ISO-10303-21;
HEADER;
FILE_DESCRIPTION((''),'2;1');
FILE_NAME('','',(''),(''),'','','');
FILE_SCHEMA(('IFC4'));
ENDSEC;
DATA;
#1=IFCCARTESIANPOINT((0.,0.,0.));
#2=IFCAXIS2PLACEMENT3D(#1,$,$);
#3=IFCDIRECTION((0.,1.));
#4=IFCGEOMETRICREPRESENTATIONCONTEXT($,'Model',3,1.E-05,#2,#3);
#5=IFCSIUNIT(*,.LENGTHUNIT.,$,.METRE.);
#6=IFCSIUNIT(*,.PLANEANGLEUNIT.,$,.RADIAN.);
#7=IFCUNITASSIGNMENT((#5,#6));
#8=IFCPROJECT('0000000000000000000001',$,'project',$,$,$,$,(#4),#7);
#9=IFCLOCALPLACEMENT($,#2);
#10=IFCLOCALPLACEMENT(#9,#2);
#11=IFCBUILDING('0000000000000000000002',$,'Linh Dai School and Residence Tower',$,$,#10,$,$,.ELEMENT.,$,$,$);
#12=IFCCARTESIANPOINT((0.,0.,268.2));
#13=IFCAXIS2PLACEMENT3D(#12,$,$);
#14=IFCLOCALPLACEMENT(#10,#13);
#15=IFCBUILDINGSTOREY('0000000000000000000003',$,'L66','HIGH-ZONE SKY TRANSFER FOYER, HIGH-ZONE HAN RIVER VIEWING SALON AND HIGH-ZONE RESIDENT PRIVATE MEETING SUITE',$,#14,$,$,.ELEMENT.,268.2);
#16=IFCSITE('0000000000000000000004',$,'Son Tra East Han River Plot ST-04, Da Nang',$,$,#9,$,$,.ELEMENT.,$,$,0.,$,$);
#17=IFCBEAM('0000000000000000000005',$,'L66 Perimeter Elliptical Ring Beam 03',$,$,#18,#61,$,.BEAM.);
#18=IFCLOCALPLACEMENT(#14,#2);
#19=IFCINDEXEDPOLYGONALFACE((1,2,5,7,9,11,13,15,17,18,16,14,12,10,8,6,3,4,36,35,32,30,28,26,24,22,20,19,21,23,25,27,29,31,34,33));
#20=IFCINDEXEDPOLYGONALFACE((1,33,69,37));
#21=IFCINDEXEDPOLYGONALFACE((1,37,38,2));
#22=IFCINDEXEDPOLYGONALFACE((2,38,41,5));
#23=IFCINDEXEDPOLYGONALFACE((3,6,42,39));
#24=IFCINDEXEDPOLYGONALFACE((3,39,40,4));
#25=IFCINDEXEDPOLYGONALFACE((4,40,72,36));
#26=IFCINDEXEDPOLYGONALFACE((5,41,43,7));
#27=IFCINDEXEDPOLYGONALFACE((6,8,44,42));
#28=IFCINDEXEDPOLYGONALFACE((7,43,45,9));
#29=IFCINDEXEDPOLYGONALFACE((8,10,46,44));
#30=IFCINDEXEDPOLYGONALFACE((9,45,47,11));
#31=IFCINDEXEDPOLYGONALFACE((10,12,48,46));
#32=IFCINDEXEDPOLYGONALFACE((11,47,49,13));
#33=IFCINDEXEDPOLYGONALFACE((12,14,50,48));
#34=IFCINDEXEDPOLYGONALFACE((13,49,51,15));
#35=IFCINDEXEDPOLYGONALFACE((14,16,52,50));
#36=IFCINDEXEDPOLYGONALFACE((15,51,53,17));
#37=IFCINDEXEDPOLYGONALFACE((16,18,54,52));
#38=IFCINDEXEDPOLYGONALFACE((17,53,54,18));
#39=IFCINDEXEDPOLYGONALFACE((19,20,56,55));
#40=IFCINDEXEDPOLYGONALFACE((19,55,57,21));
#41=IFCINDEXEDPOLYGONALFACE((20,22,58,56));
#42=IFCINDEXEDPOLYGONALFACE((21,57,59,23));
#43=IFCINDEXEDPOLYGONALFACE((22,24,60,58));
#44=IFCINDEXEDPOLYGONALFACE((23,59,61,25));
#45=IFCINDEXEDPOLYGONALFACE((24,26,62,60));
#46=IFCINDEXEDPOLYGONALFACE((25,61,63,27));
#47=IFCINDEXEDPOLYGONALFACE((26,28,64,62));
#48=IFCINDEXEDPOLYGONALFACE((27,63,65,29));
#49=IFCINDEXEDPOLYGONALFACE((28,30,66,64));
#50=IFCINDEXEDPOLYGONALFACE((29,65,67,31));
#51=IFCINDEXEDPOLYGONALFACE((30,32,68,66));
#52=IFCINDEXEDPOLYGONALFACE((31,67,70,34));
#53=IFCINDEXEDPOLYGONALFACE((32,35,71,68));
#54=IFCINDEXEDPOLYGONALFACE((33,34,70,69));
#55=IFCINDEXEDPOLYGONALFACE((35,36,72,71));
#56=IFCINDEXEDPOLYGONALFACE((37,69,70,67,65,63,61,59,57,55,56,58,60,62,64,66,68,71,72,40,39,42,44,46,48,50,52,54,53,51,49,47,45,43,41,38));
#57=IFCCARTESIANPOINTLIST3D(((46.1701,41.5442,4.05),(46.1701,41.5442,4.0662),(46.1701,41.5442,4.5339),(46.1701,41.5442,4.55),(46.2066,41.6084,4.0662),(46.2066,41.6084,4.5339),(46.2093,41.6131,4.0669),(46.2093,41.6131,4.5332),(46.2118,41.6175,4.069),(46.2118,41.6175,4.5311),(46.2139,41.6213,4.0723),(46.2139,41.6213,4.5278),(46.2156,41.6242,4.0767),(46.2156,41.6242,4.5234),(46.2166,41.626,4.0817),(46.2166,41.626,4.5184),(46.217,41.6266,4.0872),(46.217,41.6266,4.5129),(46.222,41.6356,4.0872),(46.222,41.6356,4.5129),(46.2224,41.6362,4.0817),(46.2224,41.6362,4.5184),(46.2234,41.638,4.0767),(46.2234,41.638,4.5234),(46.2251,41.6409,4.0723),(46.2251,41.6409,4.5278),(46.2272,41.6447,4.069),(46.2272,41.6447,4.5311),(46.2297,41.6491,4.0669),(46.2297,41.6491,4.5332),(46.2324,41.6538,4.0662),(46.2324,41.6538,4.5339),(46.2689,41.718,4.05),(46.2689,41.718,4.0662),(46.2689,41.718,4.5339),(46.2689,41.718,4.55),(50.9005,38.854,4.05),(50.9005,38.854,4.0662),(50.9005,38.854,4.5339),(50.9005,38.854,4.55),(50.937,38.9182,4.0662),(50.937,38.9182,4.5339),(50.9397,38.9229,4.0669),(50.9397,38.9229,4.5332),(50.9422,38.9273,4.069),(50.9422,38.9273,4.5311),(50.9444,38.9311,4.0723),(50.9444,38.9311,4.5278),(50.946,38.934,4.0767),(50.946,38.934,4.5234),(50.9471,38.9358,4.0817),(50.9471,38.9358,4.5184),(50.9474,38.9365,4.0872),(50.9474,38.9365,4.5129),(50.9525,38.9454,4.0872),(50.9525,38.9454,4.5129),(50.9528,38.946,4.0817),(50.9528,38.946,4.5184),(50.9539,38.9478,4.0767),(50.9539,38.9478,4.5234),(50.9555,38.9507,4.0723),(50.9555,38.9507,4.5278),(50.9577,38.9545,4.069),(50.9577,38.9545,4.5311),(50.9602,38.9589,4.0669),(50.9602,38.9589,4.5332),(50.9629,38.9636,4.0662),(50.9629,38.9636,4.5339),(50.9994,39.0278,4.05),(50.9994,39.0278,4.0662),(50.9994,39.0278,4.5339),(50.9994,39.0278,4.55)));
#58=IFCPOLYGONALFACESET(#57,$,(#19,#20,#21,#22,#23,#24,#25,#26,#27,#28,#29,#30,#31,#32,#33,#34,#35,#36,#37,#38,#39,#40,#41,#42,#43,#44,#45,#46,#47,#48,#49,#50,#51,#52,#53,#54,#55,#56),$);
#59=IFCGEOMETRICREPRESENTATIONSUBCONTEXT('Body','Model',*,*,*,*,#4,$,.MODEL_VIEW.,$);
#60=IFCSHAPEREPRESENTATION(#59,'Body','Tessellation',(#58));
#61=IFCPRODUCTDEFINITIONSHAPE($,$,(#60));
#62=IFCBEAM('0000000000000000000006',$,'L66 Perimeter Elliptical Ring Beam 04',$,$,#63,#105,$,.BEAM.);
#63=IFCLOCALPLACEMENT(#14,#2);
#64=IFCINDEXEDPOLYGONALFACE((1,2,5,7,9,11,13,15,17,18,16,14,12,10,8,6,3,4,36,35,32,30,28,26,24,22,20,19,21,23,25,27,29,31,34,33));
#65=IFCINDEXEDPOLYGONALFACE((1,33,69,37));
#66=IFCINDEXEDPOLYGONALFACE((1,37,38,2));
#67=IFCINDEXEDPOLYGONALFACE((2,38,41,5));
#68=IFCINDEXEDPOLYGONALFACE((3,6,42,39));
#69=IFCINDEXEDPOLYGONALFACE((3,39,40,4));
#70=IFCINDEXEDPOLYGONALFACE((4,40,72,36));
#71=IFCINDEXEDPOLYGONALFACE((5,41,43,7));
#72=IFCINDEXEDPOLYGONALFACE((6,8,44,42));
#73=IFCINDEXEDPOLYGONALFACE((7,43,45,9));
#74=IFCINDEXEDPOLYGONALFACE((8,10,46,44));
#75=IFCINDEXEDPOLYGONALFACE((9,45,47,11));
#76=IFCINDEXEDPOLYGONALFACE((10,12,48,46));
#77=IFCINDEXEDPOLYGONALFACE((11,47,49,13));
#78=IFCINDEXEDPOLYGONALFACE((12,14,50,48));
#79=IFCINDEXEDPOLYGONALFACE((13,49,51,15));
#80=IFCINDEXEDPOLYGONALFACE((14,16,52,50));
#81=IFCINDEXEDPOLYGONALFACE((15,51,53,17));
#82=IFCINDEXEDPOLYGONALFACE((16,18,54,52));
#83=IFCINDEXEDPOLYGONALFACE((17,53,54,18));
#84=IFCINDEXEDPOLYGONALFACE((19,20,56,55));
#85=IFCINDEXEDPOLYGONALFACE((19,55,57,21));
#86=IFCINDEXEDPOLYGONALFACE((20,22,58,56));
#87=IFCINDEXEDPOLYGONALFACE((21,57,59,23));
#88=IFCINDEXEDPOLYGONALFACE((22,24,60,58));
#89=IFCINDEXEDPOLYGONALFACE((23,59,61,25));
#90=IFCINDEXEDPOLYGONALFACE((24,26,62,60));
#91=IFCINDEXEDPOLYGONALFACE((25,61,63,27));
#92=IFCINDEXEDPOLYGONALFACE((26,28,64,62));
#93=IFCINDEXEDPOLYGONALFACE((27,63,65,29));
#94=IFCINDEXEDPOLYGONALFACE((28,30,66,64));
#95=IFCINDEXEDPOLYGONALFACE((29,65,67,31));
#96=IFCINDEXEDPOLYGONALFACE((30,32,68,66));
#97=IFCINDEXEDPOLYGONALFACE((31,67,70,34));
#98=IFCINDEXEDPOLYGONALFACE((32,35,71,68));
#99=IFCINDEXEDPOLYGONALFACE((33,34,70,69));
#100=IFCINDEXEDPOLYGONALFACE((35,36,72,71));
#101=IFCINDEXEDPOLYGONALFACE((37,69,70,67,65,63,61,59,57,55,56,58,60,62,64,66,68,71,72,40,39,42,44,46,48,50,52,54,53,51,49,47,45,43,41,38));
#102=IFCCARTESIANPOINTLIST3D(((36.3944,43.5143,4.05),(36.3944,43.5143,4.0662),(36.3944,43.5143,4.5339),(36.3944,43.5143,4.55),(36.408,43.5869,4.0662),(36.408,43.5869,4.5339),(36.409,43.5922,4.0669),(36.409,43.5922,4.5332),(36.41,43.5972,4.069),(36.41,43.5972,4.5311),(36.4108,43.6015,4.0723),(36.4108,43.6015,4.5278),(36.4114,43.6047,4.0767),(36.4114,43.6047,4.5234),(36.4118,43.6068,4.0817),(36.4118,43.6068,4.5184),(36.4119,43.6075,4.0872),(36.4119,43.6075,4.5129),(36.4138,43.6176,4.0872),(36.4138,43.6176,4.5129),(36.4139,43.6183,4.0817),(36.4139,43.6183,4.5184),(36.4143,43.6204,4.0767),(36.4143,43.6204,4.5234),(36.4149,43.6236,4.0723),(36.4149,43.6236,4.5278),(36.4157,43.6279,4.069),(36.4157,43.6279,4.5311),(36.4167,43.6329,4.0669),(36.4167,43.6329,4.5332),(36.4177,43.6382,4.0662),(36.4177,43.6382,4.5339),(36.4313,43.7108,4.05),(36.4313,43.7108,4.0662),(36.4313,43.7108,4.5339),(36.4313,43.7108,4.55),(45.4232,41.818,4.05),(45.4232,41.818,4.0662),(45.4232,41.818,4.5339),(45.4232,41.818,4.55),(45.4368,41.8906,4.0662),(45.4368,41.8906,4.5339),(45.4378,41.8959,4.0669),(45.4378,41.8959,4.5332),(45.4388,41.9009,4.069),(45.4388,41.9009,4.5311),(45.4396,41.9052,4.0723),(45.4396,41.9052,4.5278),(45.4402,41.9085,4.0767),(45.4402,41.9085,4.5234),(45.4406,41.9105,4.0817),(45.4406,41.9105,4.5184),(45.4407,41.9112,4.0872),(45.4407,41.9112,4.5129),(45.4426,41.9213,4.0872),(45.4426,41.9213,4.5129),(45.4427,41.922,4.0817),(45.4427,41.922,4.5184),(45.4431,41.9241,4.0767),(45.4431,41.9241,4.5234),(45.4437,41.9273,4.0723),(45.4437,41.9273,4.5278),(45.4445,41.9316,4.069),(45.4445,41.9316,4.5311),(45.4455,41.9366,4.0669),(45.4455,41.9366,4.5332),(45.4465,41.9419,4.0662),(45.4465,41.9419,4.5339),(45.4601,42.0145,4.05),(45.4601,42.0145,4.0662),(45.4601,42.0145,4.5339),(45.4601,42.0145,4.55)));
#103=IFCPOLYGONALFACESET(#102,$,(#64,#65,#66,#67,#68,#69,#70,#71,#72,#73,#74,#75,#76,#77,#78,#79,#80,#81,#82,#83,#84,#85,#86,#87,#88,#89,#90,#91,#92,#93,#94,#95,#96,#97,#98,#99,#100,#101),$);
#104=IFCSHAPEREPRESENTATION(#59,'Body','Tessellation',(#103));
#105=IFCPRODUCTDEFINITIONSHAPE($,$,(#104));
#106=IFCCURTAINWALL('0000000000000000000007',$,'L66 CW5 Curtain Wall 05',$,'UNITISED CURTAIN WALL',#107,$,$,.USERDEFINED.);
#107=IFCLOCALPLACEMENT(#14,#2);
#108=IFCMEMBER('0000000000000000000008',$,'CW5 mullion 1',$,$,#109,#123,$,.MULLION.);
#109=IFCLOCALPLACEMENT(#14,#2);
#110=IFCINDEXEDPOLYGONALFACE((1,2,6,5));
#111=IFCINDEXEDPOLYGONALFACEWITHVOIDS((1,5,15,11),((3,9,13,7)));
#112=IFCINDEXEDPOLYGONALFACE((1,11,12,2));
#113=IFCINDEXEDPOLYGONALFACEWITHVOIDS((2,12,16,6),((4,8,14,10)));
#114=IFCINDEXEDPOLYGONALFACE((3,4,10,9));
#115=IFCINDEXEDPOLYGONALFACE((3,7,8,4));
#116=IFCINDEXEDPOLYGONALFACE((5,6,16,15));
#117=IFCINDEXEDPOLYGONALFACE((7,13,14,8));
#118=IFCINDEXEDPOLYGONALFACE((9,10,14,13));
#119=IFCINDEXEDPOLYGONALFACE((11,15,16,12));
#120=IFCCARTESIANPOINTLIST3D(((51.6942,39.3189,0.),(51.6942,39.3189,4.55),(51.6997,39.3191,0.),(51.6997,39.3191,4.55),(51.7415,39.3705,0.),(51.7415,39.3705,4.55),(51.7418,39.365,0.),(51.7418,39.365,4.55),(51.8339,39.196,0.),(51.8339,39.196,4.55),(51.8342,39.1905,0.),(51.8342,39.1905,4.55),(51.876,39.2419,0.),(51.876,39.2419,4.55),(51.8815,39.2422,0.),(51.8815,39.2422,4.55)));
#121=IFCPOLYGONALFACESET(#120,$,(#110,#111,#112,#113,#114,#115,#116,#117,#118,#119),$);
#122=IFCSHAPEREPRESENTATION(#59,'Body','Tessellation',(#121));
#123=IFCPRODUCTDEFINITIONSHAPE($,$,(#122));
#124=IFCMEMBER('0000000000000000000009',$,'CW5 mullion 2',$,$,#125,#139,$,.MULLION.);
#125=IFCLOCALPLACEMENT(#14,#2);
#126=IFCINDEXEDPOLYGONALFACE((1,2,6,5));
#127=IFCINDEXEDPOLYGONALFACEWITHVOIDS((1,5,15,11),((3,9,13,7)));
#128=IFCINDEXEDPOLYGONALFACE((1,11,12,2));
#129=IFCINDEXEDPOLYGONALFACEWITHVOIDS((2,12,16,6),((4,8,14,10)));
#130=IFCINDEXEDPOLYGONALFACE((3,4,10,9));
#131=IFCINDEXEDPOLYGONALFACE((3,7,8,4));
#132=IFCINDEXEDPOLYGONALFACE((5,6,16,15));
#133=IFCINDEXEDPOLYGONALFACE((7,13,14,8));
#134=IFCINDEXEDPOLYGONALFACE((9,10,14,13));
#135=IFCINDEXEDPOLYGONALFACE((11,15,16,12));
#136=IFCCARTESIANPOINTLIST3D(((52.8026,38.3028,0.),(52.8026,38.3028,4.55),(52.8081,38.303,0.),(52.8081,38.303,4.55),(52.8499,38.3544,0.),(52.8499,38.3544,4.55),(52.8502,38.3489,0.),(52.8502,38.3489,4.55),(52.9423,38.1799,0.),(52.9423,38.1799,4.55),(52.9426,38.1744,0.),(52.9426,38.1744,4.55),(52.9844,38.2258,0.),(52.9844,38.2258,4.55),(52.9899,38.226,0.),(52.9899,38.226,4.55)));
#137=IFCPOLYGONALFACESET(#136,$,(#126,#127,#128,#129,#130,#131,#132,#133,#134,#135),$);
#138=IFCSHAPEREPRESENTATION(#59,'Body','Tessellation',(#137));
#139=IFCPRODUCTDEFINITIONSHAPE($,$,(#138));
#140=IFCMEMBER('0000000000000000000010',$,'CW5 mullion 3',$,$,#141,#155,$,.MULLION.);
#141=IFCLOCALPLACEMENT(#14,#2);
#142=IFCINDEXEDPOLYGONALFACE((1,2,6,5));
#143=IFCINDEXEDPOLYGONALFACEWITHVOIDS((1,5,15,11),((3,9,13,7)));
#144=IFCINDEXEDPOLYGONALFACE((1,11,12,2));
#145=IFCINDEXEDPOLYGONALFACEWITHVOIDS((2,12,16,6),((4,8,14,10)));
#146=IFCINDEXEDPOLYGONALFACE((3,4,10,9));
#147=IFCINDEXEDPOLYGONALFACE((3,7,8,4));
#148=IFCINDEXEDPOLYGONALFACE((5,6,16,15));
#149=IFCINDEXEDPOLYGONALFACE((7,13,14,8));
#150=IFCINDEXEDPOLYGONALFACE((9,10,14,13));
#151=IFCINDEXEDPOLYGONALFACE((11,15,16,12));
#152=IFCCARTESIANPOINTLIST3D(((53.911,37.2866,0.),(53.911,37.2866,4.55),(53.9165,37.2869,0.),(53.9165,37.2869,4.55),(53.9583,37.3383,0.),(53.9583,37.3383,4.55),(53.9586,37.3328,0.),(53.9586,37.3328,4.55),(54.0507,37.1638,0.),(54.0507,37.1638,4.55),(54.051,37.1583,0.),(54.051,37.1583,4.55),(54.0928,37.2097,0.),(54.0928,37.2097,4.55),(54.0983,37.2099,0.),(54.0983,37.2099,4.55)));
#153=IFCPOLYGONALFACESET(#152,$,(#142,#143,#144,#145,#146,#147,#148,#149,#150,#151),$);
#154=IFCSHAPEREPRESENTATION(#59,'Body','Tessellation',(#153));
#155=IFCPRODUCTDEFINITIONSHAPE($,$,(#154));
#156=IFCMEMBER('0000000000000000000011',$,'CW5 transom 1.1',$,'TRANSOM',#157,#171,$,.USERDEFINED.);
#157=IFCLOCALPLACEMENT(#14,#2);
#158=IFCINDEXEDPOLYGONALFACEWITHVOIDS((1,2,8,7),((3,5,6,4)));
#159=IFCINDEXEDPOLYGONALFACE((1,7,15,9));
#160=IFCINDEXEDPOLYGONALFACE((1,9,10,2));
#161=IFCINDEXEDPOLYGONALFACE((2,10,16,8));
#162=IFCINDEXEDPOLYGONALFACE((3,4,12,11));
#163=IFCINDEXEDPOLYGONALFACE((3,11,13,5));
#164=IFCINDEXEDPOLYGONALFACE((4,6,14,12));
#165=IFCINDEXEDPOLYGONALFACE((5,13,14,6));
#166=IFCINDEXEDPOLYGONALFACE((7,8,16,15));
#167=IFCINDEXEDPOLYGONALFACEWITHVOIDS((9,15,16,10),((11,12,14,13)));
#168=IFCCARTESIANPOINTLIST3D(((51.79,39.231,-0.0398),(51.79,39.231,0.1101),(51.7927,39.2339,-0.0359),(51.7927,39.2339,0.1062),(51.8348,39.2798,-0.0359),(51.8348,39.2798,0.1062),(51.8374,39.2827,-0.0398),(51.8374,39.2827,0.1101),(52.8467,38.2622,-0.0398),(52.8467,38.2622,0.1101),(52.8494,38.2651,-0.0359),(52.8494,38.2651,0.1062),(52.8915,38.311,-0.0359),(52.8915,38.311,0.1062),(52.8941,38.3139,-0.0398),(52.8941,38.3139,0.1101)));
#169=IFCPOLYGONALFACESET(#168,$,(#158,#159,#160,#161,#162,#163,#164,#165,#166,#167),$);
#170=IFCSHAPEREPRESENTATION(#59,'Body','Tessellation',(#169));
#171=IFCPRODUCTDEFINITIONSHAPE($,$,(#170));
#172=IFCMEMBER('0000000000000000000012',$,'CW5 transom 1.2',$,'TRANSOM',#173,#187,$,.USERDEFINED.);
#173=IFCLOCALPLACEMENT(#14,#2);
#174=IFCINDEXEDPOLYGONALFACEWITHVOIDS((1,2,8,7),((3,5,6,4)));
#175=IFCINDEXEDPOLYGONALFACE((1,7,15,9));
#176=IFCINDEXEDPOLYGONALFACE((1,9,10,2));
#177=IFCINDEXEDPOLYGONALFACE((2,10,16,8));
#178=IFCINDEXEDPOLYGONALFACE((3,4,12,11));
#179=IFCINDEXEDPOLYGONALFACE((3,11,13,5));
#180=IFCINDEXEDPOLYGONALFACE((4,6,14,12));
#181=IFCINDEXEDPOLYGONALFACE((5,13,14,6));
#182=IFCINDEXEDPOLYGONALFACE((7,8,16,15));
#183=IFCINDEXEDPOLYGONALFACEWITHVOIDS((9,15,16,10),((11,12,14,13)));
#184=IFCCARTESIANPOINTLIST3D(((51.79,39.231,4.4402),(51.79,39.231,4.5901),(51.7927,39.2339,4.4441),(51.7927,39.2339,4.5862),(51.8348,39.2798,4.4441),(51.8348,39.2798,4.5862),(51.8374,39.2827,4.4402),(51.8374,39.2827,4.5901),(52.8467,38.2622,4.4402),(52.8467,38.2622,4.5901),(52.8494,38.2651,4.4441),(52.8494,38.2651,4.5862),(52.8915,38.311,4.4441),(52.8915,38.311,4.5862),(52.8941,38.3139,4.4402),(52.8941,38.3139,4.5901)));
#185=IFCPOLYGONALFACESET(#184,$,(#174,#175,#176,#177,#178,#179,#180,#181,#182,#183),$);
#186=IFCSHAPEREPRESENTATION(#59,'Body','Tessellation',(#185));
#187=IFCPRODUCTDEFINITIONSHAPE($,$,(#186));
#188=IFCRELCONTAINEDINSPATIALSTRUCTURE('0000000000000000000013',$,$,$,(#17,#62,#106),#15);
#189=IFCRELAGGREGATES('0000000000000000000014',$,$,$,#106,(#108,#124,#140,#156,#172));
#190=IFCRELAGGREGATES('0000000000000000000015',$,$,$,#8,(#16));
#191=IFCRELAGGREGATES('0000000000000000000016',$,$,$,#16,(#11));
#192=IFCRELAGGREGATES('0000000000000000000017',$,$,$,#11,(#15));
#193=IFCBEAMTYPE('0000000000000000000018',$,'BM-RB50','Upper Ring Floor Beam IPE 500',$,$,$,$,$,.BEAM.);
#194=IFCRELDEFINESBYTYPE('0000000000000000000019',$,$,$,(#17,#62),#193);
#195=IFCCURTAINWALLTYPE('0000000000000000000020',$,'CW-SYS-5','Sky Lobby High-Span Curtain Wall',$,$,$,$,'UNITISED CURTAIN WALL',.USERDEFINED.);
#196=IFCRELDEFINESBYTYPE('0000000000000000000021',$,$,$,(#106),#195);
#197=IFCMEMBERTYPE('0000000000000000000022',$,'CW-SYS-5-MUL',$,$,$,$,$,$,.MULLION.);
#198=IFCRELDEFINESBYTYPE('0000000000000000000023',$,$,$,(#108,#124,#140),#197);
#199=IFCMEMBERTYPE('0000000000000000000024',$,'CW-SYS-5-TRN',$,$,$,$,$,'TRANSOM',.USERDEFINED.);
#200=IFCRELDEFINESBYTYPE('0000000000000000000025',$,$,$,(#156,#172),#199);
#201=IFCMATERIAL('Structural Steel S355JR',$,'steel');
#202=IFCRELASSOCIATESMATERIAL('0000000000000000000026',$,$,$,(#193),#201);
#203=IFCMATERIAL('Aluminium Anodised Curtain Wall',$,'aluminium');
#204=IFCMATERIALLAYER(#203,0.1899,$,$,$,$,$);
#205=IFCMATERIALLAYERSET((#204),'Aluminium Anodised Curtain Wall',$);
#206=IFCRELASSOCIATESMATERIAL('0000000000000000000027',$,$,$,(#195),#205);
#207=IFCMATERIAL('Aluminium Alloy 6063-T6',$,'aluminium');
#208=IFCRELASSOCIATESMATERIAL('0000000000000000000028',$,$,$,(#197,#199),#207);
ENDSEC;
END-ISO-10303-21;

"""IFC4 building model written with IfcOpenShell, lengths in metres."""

from ifc_helpers import new_model, si_unit, direction, frame, origin, origin_2d, place, context, subcontext, project, spatial, hollow_rectangle, i_section, extrude, source, transform, mapped, material, layer, layer_set, material_profile, profile_set, type_object, element, aggregate, save


model = new_model("IFC4")

# Units and contexts
model_context = context("Model", 3, precision=1e-05, world=origin(), true_north=direction((0.0, 1.0)))
body_context = subcontext(model_context, "Body", "Model", "MODEL_VIEW")
ifc_project = project(units=[si_unit("LENGTHUNIT", "METRE"), si_unit("PLANEANGLEUNIT", "RADIAN")], contexts=[model_context])

# Site, building, storey
site_placement = place(None, origin())
site = spatial("IfcSite", under=ifc_project, at=site_placement, Name="Son Tra East Han River Plot ST-04, Da Nang", CompositionType="ELEMENT", RefElevation=0.0)
building_placement = place(site_placement, origin())
building = spatial("IfcBuilding", under=site, at=building_placement, Name="Linh Dai School and Residence Tower", CompositionType="ELEMENT")
storey_placement = place(building_placement, frame((0.0, 0.0, 268.2)))
storey = spatial("IfcBuildingStorey", under=building, at=storey_placement, Name="L66", Description="HIGH-ZONE SKY TRANSFER FOYER, HIGH-ZONE HAN RIVER VIEWING SALON AND HIGH-ZONE RESIDENT PRIVATE MEETING SUITE", CompositionType="ELEMENT", Elevation=268.2)

# Shared definitions
ifc_material_1 = material(Name="Structural Steel S355JR", Category="steel")

# Beams
ifc_material_profile_1 = material_profile(ifc_material_1, i_section(OverallWidth=0.2, OverallDepth=0.5, WebThickness=0.0103, FlangeThickness=0.0161, FilletRadius=0.021, at=origin_2d()), Name="IPE 500")
ifc_profile_set_1 = profile_set([ifc_material_profile_1], Name="Structural Steel S355JR")
beam_type_1 = type_object("IfcBeamType", Name="BM-RB50", Description="Upper Ring Floor Beam IPE 500", PredefinedType="BEAM", material=ifc_profile_set_1)
beam_1_placement = place(storey_placement, frame((50.95, 38.9409, 4.3), z_axis=(-0.869266, 0.494345, 0.0), x_axis=(-0.494345, -0.869266, 0.0)))
element("IfcBeam", 1, at=beam_1_placement, inside=storey, type_object=beam_type_1, Name="L66 Perimeter Elliptical Ring Beam 03", PredefinedType="BEAM", context=body_context, shape_type="SweptSolid", body=[
    extrude(i_section(OverallWidth=0.2, OverallDepth=0.5, WebThickness=0.0103, FlangeThickness=0.0161, FilletRadius=0.021, at=origin_2d()), origin(), (0.0, 0.0, 1.0), 5.4419),
])
beam_2_placement = place(storey_placement, frame((45.4417, 41.9163, 4.3), z_axis=(-0.982805, 0.184645, 0.0), x_axis=(-0.184645, -0.982805, 0.0)))
element("IfcBeam", 2, at=beam_2_placement, inside=storey, type_object=beam_type_1, Name="L66 Perimeter Elliptical Ring Beam 04", PredefinedType="BEAM", context=body_context, shape_type="SweptSolid", body=[
    extrude(i_section(OverallWidth=0.2, OverallDepth=0.5, WebThickness=0.0103, FlangeThickness=0.0161, FilletRadius=0.021, at=origin_2d()), origin(), (0.0, 0.0, 1.0), 9.1868),
])

# Curtain wall, members
ifc_material_2 = material(Name="Aluminium Anodised Curtain Wall", Category="aluminium")
ifc_layer_1 = layer(ifc_material_2, 0.1899)
ifc_layer_set_1 = layer_set([ifc_layer_1], Name="Aluminium Anodised Curtain Wall")
curtain_wall_type = type_object("IfcCurtainWallType", Name="CW-SYS-5", Description="Sky Lobby High-Span Curtain Wall", ElementType="UNITISED CURTAIN WALL", PredefinedType="USERDEFINED", material=ifc_layer_set_1)
curtain_wall_placement = place(storey_placement, origin())
curtain_wall = element("IfcCurtainWall", 3, at=curtain_wall_placement, inside=storey, type_object=curtain_wall_type, Name="L66 CW5 Curtain Wall 05", ObjectType="UNITISED CURTAIN WALL", PredefinedType="USERDEFINED")
ifc_material_3 = material(Name="Aluminium Alloy 6063-T6", Category="aluminium")
ifc_material_profile_2 = material_profile(ifc_material_3, hollow_rectangle(XDim=0.0701, YDim=0.1899, WallThickness=0.0039, at=origin_2d()), Name="RHS 190x70x4")
ifc_profile_set_2 = profile_set([ifc_material_profile_2], Name="Aluminium Alloy 6063-T6")
member_type_1 = type_object("IfcMemberType", Name="CW-SYS-5-MUL", PredefinedType="MULLION", material=ifc_profile_set_2)
shared_shape_1 = source(origin(), body_context, "Body", "SweptSolid", [
    extrude(hollow_rectangle(XDim=0.0701, YDim=0.1899, WallThickness=0.0039, at=origin_2d()), origin(), (0.0, 0.0, 1.0), 4.55),
])
member_1_placement = place(storey_placement, frame((51.7878, 39.2805, 0.0), z_axis=(0.0, 0.0, 1.0), x_axis=(0.675777, 0.737106, 0.0)))
member_1 = element("IfcMember", 4, at=member_1_placement, type_object=member_type_1, Name="CW5 mullion 1", PredefinedType="MULLION", context=body_context, shape_type="MappedRepresentation", body=[
    mapped(shared_shape_1, transform((0.0, 0.0, 0.0), x_axis=(1.0, 0.0, 0.0), y_axis=(0.0, 1.0, 0.0), z_axis=(0.0, 0.0, 1.0), scale=1.0)),
])
member_2_placement = place(storey_placement, frame((52.8962, 38.2644, 0.0), z_axis=(0.0, 0.0, 1.0), x_axis=(0.675777, 0.737106, 0.0)))
member_2 = element("IfcMember", 5, at=member_2_placement, type_object=member_type_1, Name="CW5 mullion 2", PredefinedType="MULLION", context=body_context, shape_type="MappedRepresentation", body=[
    mapped(shared_shape_1, transform((0.0, 0.0, 0.0), x_axis=(1.0, 0.0, 0.0), y_axis=(0.0, 1.0, 0.0), z_axis=(0.0, 0.0, 1.0), scale=1.0)),
])
member_3_placement = place(storey_placement, frame((54.0046, 37.2483, 0.0), z_axis=(0.0, 0.0, 1.0), x_axis=(0.675777, 0.737106, 0.0)))
member_3 = element("IfcMember", 6, at=member_3_placement, type_object=member_type_1, Name="CW5 mullion 3", PredefinedType="MULLION", context=body_context, shape_type="MappedRepresentation", body=[
    mapped(shared_shape_1, transform((0.0, 0.0, 0.0), x_axis=(1.0, 0.0, 0.0), y_axis=(0.0, 1.0, 0.0), z_axis=(0.0, 0.0, 1.0), scale=1.0)),
])
ifc_material_profile_3 = material_profile(ifc_material_3, hollow_rectangle(XDim=0.0701, YDim=0.1499, WallThickness=0.0039, at=origin_2d()), Name="RHS 150x70x4")
ifc_profile_set_3 = profile_set([ifc_material_profile_3], Name="Aluminium Alloy 6063-T6")
member_type_2 = type_object("IfcMemberType", Name="CW-SYS-5-TRN", ElementType="TRANSOM", PredefinedType="USERDEFINED", material=ifc_profile_set_3)
shared_shape_2 = source(origin(), body_context, "Body", "SweptSolid", [
    extrude(hollow_rectangle(XDim=0.0701, YDim=0.1499, WallThickness=0.0039, at=origin_2d()), origin(), (0.0, 0.0, 1.0), 1.4336),
])
member_4_placement = place(storey_placement, frame((51.8137, 39.2568, 0.0352), z_axis=(0.737098, -0.675786, 0.0), x_axis=(0.675786, 0.737098, 0.0)))
member_4 = element("IfcMember", 7, at=member_4_placement, type_object=member_type_2, Name="CW5 transom 1.1", ObjectType="TRANSOM", PredefinedType="USERDEFINED", context=body_context, shape_type="MappedRepresentation", body=[
    mapped(shared_shape_2, transform((0.0, 0.0, 0.0), x_axis=(1.0, 0.0, 0.0), y_axis=(0.0, 1.0, 0.0), z_axis=(0.0, 0.0, 1.0), scale=1.0)),
])
member_5_placement = place(storey_placement, frame((51.8137, 39.2568, 4.5151), z_axis=(0.737098, -0.675786, 0.0), x_axis=(0.675786, 0.737098, 0.0)))
member_5 = element("IfcMember", 8, at=member_5_placement, type_object=member_type_2, Name="CW5 transom 1.2", ObjectType="TRANSOM", PredefinedType="USERDEFINED", context=body_context, shape_type="MappedRepresentation", body=[
    mapped(shared_shape_2, transform((0.0, 0.0, 0.0), x_axis=(1.0, 0.0, 0.0), y_axis=(0.0, 1.0, 0.0), z_axis=(0.0, 0.0, 1.0), scale=1.0)),
])

aggregate(curtain_wall, [member_1, member_2, member_3, member_4, member_5])

save(model, "model.ifc")
